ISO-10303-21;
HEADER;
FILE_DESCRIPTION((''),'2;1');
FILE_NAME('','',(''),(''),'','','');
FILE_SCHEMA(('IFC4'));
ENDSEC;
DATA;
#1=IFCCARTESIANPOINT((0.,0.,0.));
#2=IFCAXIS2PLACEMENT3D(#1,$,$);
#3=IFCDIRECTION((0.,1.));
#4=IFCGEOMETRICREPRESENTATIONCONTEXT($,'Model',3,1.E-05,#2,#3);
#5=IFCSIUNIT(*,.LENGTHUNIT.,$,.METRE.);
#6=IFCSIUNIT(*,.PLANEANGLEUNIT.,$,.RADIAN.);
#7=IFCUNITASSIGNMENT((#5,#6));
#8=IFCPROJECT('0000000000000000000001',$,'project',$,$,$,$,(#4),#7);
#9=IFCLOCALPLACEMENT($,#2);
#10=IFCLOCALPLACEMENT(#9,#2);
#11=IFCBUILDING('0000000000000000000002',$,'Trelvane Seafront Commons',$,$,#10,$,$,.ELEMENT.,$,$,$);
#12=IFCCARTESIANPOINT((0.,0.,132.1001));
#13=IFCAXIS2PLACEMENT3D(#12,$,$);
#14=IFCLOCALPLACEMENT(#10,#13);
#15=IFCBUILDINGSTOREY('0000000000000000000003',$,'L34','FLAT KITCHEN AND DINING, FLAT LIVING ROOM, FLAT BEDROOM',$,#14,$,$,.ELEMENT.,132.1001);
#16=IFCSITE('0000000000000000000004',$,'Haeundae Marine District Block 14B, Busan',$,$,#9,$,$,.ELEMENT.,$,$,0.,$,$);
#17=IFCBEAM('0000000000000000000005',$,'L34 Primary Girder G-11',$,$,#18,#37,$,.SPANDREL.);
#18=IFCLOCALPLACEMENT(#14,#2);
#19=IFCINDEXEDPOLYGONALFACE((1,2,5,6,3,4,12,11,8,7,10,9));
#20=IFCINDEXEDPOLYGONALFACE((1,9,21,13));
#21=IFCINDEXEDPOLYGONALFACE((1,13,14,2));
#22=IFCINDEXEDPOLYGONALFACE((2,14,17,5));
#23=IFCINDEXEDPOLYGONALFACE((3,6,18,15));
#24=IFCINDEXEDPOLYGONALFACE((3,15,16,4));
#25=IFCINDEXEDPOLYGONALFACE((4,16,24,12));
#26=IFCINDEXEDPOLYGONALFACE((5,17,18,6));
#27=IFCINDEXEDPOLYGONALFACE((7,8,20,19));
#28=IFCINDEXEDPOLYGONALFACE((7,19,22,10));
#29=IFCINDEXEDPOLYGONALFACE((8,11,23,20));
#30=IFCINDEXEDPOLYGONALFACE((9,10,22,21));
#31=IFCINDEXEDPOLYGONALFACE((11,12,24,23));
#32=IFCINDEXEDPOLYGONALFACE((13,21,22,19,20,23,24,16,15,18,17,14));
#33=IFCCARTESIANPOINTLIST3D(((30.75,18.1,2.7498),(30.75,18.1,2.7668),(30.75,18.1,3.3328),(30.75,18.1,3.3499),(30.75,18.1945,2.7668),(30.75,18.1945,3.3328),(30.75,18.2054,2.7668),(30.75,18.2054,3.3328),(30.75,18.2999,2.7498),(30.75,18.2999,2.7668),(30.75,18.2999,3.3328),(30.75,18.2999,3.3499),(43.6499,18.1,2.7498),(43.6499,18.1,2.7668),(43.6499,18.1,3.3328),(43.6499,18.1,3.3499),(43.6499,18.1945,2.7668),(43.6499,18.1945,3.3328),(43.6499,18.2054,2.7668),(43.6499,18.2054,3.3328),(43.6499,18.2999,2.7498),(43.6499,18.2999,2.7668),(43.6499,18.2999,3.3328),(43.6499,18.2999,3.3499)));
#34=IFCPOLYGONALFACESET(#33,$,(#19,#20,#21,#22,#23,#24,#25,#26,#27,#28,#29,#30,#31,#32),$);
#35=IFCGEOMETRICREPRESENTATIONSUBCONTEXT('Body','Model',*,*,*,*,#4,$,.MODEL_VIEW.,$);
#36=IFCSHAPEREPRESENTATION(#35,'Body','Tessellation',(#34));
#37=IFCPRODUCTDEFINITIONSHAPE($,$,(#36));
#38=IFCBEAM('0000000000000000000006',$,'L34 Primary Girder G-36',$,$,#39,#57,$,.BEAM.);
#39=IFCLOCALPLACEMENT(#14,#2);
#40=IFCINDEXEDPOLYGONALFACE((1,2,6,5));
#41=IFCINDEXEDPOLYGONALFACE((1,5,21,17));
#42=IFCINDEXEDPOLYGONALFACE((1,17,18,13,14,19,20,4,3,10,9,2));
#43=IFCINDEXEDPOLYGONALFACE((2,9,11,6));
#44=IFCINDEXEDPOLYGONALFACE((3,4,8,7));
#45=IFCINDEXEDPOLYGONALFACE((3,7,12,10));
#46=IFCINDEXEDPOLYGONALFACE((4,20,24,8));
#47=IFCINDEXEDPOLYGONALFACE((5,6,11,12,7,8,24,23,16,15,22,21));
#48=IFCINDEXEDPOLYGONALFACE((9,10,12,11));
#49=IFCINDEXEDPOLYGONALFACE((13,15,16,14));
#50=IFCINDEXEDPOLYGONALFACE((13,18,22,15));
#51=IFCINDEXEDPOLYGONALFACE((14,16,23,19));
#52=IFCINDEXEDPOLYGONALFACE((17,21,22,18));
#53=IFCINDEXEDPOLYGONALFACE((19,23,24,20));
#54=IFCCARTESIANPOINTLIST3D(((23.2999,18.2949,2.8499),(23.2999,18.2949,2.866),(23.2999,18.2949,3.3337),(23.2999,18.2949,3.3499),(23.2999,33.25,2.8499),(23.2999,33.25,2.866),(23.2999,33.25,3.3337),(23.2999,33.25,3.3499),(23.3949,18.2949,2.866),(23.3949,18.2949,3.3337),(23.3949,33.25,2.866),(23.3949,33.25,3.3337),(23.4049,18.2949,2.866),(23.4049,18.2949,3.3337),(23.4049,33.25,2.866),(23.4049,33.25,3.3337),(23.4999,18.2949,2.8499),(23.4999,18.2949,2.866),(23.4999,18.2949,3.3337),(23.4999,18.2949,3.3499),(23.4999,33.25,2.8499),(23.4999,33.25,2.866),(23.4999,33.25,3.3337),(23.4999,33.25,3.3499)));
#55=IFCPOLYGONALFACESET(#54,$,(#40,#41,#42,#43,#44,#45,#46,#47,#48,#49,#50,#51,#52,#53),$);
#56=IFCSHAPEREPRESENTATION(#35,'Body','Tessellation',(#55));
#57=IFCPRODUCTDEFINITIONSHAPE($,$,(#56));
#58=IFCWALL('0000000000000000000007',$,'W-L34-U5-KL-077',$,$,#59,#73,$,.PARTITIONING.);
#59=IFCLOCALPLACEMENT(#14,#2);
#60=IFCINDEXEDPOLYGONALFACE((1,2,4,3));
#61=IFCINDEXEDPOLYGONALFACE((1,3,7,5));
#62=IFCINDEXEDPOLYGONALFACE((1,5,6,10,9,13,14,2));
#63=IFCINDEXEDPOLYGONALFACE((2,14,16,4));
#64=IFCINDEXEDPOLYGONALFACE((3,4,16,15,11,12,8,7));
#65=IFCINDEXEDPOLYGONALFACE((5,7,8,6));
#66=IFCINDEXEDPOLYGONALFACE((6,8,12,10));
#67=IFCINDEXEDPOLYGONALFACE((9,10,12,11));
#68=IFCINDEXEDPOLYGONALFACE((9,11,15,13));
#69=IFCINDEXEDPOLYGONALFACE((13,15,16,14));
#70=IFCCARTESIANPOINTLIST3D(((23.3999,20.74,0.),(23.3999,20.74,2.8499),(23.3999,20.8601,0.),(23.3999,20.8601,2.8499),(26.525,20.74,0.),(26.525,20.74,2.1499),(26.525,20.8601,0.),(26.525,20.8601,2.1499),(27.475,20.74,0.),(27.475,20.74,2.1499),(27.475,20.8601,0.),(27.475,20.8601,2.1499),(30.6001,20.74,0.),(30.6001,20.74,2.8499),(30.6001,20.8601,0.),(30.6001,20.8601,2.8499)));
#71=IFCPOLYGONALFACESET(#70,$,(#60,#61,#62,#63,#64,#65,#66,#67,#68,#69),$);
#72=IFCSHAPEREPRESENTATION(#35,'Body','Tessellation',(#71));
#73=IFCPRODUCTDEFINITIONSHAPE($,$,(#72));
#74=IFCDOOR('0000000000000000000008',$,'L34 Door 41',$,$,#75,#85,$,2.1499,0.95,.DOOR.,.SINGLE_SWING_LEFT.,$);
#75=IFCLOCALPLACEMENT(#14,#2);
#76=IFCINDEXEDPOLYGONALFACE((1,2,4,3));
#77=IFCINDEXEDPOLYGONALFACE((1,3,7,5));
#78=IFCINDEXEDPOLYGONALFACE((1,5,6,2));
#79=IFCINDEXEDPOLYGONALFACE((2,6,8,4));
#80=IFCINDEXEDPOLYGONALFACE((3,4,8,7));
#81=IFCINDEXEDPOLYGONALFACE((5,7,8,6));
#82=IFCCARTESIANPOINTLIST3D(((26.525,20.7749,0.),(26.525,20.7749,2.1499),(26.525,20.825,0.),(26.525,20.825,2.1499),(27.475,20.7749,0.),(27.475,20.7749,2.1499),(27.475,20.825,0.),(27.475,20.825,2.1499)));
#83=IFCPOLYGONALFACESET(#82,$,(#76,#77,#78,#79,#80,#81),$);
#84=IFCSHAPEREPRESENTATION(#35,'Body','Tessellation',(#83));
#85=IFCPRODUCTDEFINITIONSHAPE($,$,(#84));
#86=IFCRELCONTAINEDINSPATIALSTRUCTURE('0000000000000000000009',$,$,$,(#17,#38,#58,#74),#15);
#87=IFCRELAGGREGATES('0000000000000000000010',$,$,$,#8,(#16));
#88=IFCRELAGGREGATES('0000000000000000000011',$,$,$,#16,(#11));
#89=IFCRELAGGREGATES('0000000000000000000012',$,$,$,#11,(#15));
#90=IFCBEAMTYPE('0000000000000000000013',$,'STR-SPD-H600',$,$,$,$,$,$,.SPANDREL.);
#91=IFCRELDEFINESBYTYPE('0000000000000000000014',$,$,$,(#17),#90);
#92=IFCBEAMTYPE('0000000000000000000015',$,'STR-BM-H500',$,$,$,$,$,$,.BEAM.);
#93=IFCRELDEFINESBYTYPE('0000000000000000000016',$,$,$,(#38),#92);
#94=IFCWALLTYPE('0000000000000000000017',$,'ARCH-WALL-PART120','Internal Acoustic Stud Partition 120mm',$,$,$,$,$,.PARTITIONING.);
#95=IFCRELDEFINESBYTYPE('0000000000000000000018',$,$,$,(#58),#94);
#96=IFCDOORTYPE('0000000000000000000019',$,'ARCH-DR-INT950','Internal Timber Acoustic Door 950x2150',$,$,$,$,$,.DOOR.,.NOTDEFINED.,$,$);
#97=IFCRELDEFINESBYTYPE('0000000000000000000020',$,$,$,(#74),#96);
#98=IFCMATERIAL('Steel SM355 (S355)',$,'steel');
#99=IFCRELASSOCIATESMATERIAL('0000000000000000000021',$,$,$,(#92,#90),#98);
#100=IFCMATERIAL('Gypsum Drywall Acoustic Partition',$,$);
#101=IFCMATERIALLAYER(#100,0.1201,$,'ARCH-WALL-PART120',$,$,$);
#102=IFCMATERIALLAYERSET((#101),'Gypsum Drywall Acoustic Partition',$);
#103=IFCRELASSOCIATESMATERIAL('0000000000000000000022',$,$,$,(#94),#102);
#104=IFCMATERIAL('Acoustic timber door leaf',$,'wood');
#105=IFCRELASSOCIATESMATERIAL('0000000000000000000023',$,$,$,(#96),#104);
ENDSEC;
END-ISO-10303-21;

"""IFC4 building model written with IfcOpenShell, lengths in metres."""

from ifc_helpers import new_model, si_unit, direction, frame, frame_2d, origin, origin_2d, place, context, subcontext, project, spatial, rectangle, i_section, extrude, source, transform, mapped, material, layer, layer_set, material_profile, profile_set, type_object, element, fill, save


model = new_model("IFC4")

# Units and contexts
model_context = context("Model", 3, precision=1e-05, world=origin(), true_north=direction((0.0, 1.0)))
body_context = subcontext(model_context, "Body", "Model", "MODEL_VIEW")
ifc_project = project(units=[si_unit("LENGTHUNIT", "METRE"), si_unit("PLANEANGLEUNIT", "RADIAN")], contexts=[model_context])

# Site, building, storey
site_placement = place(None, origin())
site = spatial("IfcSite", under=ifc_project, at=site_placement, Name="Haeundae Marine District Block 14B, Busan", CompositionType="ELEMENT", RefElevation=0.0)
building_placement = place(site_placement, origin())
building = spatial("IfcBuilding", under=site, at=building_placement, Name="Trelvane Seafront Commons", CompositionType="ELEMENT")
storey_placement = place(building_placement, frame((0.0, 0.0, 132.1001)))
storey = spatial("IfcBuildingStorey", under=building, at=storey_placement, Name="L34", Description="FLAT KITCHEN AND DINING, FLAT LIVING ROOM, FLAT BEDROOM", CompositionType="ELEMENT", Elevation=132.1001)

# Shared definitions
ifc_material_1 = material(Name="Steel SM355 (S355)", Category="steel")

# Beams
ifc_material_profile_1 = material_profile(ifc_material_1, i_section(OverallWidth=0.2, OverallDepth=0.5, WebThickness=0.01, FlangeThickness=0.0161, at=origin_2d()), Name="H-500x200x10x16")
ifc_profile_set_1 = profile_set([ifc_material_profile_1], Name="Steel SM355 (S355)")
beam_type_1 = type_object("IfcBeamType", Name="STR-BM-H500", PredefinedType="BEAM", material=ifc_profile_set_1)
ifc_material_profile_2 = material_profile(ifc_material_1, i_section(OverallWidth=0.2, OverallDepth=0.6001, WebThickness=0.011, FlangeThickness=0.0171, at=origin_2d()), Name="H-600x200x11x17")
ifc_profile_set_2 = profile_set([ifc_material_profile_2], Name="Steel SM355 (S355)")
beam_type_2 = type_object("IfcBeamType", Name="STR-SPD-H600", PredefinedType="SPANDREL", material=ifc_profile_set_2)
shared_shape_1 = source(origin(), body_context, "Body", "SweptSolid", [
    extrude(i_section(OverallWidth=0.2, OverallDepth=0.6001, WebThickness=0.011, FlangeThickness=0.0171, at=origin_2d()), origin(), (0.0, 0.0, 1.0), 12.8999),
])
beam_1_placement = place(storey_placement, frame((30.75, 18.2, 3.0498), z_axis=(1.0, 0.0, 0.0), x_axis=(0.0, 1.0, 0.0)))
element("IfcBeam", 1, at=beam_1_placement, inside=storey, type_object=beam_type_2, Name="L34 Primary Girder G-11", PredefinedType="SPANDREL", context=body_context, shape_type="MappedRepresentation", body=[
    mapped(shared_shape_1, transform((0.0, 0.0, 0.0), x_axis=(1.0, 0.0, 0.0), y_axis=(0.0, 1.0, 0.0), z_axis=(0.0, 0.0, 1.0), scale=1.0)),
])
shared_shape_2 = source(origin(), body_context, "Body", "SweptSolid", [
    extrude(i_section(OverallWidth=0.2, OverallDepth=0.5, WebThickness=0.01, FlangeThickness=0.0161, at=origin_2d()), origin(), (0.0, 0.0, 1.0), 14.9551),
])
beam_2_placement = place(storey_placement, frame((23.3999, 18.2949, 3.0999), z_axis=(0.0, 1.0, 0.0), x_axis=(-1.0, 0.0, 0.0)))
element("IfcBeam", 2, at=beam_2_placement, inside=storey, type_object=beam_type_1, Name="L34 Primary Girder G-36", PredefinedType="BEAM", context=body_context, shape_type="MappedRepresentation", body=[
    mapped(shared_shape_2, transform((0.0, 0.0, 0.0), x_axis=(1.0, 0.0, 0.0), y_axis=(0.0, 1.0, 0.0), z_axis=(0.0, 0.0, 1.0), scale=1.0)),
])

# Wall, opening, door
ifc_material_2 = material(Name="Gypsum Drywall Acoustic Partition")
ifc_layer = layer(ifc_material_2, 0.1201, Name="ARCH-WALL-PART120")
ifc_layer_set = layer_set([ifc_layer], Name="Gypsum Drywall Acoustic Partition")
wall_type = type_object("IfcWallType", Name="ARCH-WALL-PART120", Description="Internal Acoustic Stud Partition 120mm", PredefinedType="PARTITIONING", material=ifc_layer_set)
ifc_material_3 = material(Name="Acoustic timber door leaf", Category="wood")
door_type = type_object("IfcDoorType", Name="ARCH-DR-INT950", Description="Internal Timber Acoustic Door 950x2150", OperationType="NOTDEFINED", PredefinedType="DOOR", material=ifc_material_3)
shared_shape_3 = source(origin(), body_context, "Body", "SweptSolid", [
    extrude(rectangle(XDim=0.95, YDim=2.1499, at=frame_2d((0.4751, 1.075))), frame((0.0, 0.0249, 0.0), z_axis=(0.0, -1.0, 0.0), x_axis=(1.0, 0.0, 0.0)), (0.0, 0.0, 1.0), 0.05),
])
wall_1_placement = place(storey_placement, frame((23.3999, 20.8, 0.0), z_axis=(0.0, 0.0, 1.0), x_axis=(1.0, 0.0, 0.0)))
wall_1 = element("IfcWall", 3, at=wall_1_placement, inside=storey, type_object=wall_type, Name="W-L34-U5-KL-077", PredefinedType="PARTITIONING", context=body_context, shape_type="SweptSolid", body=[
    extrude(rectangle(XDim=7.2002, YDim=0.1201, at=frame_2d((3.6001, 0.0))), origin(), (0.0, 0.0, 1.0), 2.8499),
])
opening_1_placement = place(wall_1_placement, frame((3.125, 0.0, 0.0)))
opening_1 = element("IfcOpeningElement", 4, at=opening_1_placement, cuts=wall_1, PredefinedType="OPENING", context=body_context, shape_type="SweptSolid", body=[
    extrude(rectangle(XDim=0.95, YDim=2.1499, at=frame_2d((0.4751, 1.075))), frame((0.0, 0.0701, 0.0), z_axis=(0.0, -1.0, 0.0), x_axis=(1.0, 0.0, 0.0)), (0.0, 0.0, 1.0), 0.1401),
])
door_1_placement = place(opening_1_placement, origin())
door_1 = element("IfcDoor", 5, at=door_1_placement, inside=storey, type_object=door_type, Name="L34 Door 41", OperationType="SINGLE_SWING_LEFT", OverallHeight=2.1499, OverallWidth=0.95, PredefinedType="DOOR", context=body_context, shape_type="MappedRepresentation", body=[
    mapped(shared_shape_3, transform((0.0, 0.0, 0.0), x_axis=(1.0, 0.0, 0.0), y_axis=(0.0, 1.0, 0.0), z_axis=(0.0, 0.0, 1.0), scale=1.0)),
])
fill(opening_1, door_1)

save(model, "model.ifc")
